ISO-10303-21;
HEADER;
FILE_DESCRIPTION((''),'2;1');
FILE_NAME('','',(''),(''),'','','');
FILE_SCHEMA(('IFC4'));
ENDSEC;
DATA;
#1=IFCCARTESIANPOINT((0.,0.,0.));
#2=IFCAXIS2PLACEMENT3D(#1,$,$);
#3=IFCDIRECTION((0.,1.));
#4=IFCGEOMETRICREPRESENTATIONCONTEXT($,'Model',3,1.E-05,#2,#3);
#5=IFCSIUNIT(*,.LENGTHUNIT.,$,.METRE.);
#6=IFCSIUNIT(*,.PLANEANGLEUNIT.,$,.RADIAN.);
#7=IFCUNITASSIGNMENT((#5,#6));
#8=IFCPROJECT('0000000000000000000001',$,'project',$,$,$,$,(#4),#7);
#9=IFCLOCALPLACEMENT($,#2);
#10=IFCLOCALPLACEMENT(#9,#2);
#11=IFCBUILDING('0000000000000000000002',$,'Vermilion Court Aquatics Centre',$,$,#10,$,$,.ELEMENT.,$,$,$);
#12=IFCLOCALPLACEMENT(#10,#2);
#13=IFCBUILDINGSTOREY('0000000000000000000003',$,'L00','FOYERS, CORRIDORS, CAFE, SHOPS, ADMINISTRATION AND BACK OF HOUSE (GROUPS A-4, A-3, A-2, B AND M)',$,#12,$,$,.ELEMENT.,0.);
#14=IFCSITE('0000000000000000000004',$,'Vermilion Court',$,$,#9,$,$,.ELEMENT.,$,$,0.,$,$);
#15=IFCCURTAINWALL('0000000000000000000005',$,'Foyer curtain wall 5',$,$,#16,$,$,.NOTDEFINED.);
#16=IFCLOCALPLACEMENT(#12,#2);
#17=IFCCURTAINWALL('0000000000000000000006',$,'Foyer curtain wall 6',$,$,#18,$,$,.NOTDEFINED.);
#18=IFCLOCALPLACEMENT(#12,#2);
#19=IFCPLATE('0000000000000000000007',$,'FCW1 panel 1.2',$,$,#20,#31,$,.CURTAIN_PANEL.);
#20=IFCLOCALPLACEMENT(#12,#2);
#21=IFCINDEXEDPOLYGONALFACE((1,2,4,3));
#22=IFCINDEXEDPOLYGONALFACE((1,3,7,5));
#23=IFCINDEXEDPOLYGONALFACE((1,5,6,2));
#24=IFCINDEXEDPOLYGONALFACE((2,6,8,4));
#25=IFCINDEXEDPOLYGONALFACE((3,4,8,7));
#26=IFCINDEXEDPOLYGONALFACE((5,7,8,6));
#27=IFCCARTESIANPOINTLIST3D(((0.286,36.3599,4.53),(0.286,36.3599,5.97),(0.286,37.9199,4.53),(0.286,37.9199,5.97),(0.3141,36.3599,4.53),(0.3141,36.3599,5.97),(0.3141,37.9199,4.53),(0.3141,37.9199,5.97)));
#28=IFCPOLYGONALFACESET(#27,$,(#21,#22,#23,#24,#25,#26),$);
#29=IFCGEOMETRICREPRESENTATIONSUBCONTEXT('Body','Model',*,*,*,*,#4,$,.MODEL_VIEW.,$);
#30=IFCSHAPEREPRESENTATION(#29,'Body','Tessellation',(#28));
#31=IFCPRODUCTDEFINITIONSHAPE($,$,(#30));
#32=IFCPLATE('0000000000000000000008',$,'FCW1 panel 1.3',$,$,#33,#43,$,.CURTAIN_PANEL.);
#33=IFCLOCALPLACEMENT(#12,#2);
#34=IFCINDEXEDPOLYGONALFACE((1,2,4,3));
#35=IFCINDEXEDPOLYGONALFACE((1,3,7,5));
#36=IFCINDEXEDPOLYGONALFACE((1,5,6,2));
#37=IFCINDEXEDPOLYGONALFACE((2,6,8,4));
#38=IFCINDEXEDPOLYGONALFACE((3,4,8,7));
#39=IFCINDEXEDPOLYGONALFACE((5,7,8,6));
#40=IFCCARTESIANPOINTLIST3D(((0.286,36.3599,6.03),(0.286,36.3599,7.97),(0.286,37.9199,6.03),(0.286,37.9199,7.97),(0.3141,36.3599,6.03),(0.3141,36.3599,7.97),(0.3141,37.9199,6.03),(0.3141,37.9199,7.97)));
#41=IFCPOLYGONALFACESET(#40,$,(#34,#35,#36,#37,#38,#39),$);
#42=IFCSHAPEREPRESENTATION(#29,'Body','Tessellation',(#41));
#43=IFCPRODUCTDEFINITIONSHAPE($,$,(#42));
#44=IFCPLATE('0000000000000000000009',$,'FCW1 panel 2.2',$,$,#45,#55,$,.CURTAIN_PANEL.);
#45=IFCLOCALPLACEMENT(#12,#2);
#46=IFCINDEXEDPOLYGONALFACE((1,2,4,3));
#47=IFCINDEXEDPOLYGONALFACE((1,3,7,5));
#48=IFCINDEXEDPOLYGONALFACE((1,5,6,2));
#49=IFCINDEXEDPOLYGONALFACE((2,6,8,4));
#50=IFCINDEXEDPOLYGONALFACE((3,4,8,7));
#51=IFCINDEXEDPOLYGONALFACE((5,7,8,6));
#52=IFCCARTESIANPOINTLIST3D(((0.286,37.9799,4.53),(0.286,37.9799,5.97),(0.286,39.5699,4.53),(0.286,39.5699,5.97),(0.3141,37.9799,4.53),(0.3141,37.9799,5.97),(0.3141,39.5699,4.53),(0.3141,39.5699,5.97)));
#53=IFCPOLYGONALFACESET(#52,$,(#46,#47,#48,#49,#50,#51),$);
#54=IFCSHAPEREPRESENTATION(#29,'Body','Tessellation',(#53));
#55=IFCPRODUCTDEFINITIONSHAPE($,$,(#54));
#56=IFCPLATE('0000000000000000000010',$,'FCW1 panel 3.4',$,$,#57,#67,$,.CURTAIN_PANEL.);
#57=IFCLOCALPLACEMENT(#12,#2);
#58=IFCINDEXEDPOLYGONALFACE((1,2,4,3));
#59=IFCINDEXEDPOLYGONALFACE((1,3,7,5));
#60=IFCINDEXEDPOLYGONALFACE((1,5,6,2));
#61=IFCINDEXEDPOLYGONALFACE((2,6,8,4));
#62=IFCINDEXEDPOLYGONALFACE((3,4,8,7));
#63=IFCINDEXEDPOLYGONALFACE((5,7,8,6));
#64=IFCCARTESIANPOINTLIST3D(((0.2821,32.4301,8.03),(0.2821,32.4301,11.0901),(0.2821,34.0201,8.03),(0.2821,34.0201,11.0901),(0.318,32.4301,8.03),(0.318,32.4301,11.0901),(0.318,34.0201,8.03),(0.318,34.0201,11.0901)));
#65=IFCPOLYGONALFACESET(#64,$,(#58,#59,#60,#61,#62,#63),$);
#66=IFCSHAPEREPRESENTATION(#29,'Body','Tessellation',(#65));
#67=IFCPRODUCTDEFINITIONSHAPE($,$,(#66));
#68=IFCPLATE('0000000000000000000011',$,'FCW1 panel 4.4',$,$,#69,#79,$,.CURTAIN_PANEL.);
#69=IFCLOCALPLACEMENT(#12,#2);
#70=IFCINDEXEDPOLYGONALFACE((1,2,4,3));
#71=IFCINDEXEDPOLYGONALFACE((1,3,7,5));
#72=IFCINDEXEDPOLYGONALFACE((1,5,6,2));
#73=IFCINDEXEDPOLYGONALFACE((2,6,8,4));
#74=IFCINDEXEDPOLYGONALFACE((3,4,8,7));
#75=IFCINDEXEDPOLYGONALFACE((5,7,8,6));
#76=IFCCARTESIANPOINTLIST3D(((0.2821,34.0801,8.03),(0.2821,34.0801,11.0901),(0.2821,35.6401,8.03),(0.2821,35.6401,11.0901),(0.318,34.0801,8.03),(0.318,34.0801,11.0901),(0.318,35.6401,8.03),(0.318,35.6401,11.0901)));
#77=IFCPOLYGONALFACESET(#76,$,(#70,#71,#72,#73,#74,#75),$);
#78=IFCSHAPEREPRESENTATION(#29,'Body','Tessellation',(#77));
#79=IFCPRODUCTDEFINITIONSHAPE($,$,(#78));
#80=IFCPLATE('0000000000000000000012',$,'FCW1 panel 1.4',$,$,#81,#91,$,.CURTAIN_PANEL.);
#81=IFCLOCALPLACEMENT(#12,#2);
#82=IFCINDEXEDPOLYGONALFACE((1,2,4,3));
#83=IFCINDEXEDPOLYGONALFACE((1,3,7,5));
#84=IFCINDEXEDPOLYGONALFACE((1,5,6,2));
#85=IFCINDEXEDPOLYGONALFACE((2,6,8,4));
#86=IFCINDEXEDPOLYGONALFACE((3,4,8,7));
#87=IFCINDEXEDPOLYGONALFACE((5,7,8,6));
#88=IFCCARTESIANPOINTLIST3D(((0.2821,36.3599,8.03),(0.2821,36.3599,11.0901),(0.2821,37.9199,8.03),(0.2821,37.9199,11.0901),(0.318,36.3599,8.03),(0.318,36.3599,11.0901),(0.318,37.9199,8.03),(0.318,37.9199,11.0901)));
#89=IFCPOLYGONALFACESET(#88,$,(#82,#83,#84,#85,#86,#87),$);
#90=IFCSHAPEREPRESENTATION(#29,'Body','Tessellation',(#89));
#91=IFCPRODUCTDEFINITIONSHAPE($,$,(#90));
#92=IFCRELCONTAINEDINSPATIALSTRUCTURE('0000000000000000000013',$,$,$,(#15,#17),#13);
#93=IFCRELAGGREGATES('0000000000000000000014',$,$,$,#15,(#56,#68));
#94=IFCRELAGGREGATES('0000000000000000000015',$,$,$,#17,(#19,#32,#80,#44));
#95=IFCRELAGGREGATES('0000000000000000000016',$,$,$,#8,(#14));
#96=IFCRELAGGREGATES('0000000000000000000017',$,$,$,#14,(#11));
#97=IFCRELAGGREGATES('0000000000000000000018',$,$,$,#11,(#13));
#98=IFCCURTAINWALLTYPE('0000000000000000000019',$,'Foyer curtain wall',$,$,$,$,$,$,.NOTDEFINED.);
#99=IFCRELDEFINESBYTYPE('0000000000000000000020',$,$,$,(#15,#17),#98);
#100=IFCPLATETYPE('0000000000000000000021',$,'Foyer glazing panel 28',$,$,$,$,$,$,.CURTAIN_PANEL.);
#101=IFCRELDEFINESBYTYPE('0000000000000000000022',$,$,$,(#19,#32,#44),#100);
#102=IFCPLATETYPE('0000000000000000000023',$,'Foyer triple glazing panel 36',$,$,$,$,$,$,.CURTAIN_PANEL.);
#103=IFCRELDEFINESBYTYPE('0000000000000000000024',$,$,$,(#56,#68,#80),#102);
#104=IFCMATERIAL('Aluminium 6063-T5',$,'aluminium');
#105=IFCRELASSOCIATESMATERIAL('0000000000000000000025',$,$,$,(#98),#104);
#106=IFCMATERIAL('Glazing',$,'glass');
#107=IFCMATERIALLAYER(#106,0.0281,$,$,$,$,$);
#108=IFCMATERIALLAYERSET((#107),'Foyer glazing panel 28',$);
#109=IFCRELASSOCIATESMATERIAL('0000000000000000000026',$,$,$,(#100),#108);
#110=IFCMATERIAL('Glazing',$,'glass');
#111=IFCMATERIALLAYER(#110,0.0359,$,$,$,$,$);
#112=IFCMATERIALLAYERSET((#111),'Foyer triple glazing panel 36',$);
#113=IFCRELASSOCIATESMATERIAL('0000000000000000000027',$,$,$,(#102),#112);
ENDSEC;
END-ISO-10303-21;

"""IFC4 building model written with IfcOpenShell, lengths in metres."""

from ifc_helpers import new_model, si_unit, direction, frame, origin, origin_2d, place, context, subcontext, project, spatial, rectangle, extrude, material, layer, layer_set, type_object, element, aggregate, save


model = new_model("IFC4")

# Units and contexts
model_context = context("Model", 3, precision=1e-05, world=origin(), true_north=direction((0.0, 1.0)))
body_context = subcontext(model_context, "Body", "Model", "MODEL_VIEW")
ifc_project = project(units=[si_unit("LENGTHUNIT", "METRE"), si_unit("PLANEANGLEUNIT", "RADIAN")], contexts=[model_context])

# Site, building, storey
site_placement = place(None, origin())
site = spatial("IfcSite", under=ifc_project, at=site_placement, Name="Vermilion Court", CompositionType="ELEMENT", RefElevation=0.0)
building_placement = place(site_placement, origin())
building = spatial("IfcBuilding", under=site, at=building_placement, Name="Vermilion Court Aquatics Centre", CompositionType="ELEMENT")
storey_placement = place(building_placement, origin())
storey = spatial("IfcBuildingStorey", under=building, at=storey_placement, Name="L00", Description="FOYERS, CORRIDORS, CAFE, SHOPS, ADMINISTRATION AND BACK OF HOUSE (GROUPS A-4, A-3, A-2, B AND M)", CompositionType="ELEMENT", Elevation=0.0)

# Curtain walls
ifc_material_1 = material(Name="Aluminium 6063-T5", Category="aluminium")
curtain_wall_type = type_object("IfcCurtainWallType", Name="Foyer curtain wall", PredefinedType="NOTDEFINED", material=ifc_material_1)
curtain_wall_1_placement = place(storey_placement, origin())
curtain_wall_1 = element("IfcCurtainWall", 1, at=curtain_wall_1_placement, inside=storey, type_object=curtain_wall_type, Name="Foyer curtain wall 5", PredefinedType="NOTDEFINED")
curtain_wall_2_placement = place(storey_placement, origin())
curtain_wall_2 = element("IfcCurtainWall", 2, at=curtain_wall_2_placement, inside=storey, type_object=curtain_wall_type, Name="Foyer curtain wall 6", PredefinedType="NOTDEFINED")

# Plates
ifc_material_2 = material(Name="Glazing", Category="glass")
ifc_layer_1 = layer(ifc_material_2, 0.0281)
ifc_layer_set_1 = layer_set([ifc_layer_1], Name="Foyer glazing panel 28")
plate_type_1 = type_object("IfcPlateType", Name="Foyer glazing panel 28", PredefinedType="CURTAIN_PANEL", material=ifc_layer_set_1)
plate_1_placement = place(storey_placement, frame((0.3, 37.1399, 4.53), z_axis=(0.0, 0.0, 1.0), x_axis=(0.0, 1.0, 0.0)))
plate_1 = element("IfcPlate", 3, at=plate_1_placement, type_object=plate_type_1, Name="FCW1 panel 1.2", PredefinedType="CURTAIN_PANEL", context=body_context, shape_type="SweptSolid", body=[
    extrude(rectangle(XDim=1.5601, YDim=0.0281, at=origin_2d()), origin(), (0.0, 0.0, 1.0), 1.4399),
])
plate_2_placement = place(storey_placement, frame((0.3, 37.1399, 6.03), z_axis=(0.0, 0.0, 1.0), x_axis=(0.0, 1.0, 0.0)))
plate_2 = element("IfcPlate", 4, at=plate_2_placement, type_object=plate_type_1, Name="FCW1 panel 1.3", PredefinedType="CURTAIN_PANEL", context=body_context, shape_type="SweptSolid", body=[
    extrude(rectangle(XDim=1.5601, YDim=0.0281, at=origin_2d()), origin(), (0.0, 0.0, 1.0), 1.9399),
])
plate_3_placement = place(storey_placement, frame((0.3, 38.7749, 4.53), z_axis=(0.0, 0.0, 1.0), x_axis=(0.0, 1.0, 0.0)))
plate_3 = element("IfcPlate", 5, at=plate_3_placement, type_object=plate_type_1, Name="FCW1 panel 2.2", PredefinedType="CURTAIN_PANEL", context=body_context, shape_type="SweptSolid", body=[
    extrude(rectangle(XDim=1.5901, YDim=0.0281, at=origin_2d()), origin(), (0.0, 0.0, 1.0), 1.4399),
])
ifc_material_3 = material(Name="Glazing", Category="glass")
ifc_layer_2 = layer(ifc_material_3, 0.0359)
ifc_layer_set_2 = layer_set([ifc_layer_2], Name="Foyer triple glazing panel 36")
plate_type_2 = type_object("IfcPlateType", Name="Foyer triple glazing panel 36", PredefinedType="CURTAIN_PANEL", material=ifc_layer_set_2)
plate_4_placement = place(storey_placement, frame((0.3, 33.2251, 8.03), z_axis=(0.0, 0.0, 1.0), x_axis=(0.0, 1.0, 0.0)))
plate_4 = element("IfcPlate", 6, at=plate_4_placement, type_object=plate_type_2, Name="FCW1 panel 3.4", PredefinedType="CURTAIN_PANEL", context=body_context, shape_type="SweptSolid", body=[
    extrude(rectangle(XDim=1.5901, YDim=0.0359, at=origin_2d()), origin(), (0.0, 0.0, 1.0), 3.0601),
])
plate_5_placement = place(storey_placement, frame((0.3, 34.8601, 8.03), z_axis=(0.0, 0.0, 1.0), x_axis=(0.0, 1.0, 0.0)))
plate_5 = element("IfcPlate", 7, at=plate_5_placement, type_object=plate_type_2, Name="FCW1 panel 4.4", PredefinedType="CURTAIN_PANEL", context=body_context, shape_type="SweptSolid", body=[
    extrude(rectangle(XDim=1.5601, YDim=0.0359, at=origin_2d()), origin(), (0.0, 0.0, 1.0), 3.0601),
])
aggregate(curtain_wall_1, [plate_4, plate_5])
plate_6_placement = place(storey_placement, frame((0.3, 37.1399, 8.03), z_axis=(0.0, 0.0, 1.0), x_axis=(0.0, 1.0, 0.0)))
plate_6 = element("IfcPlate", 8, at=plate_6_placement, type_object=plate_type_2, Name="FCW1 panel 1.4", PredefinedType="CURTAIN_PANEL", context=body_context, shape_type="SweptSolid", body=[
    extrude(rectangle(XDim=1.5601, YDim=0.0359, at=origin_2d()), origin(), (0.0, 0.0, 1.0), 3.0601),
])
aggregate(curtain_wall_2, [plate_1, plate_2, plate_6, plate_3])

save(model, "model.ifc")
